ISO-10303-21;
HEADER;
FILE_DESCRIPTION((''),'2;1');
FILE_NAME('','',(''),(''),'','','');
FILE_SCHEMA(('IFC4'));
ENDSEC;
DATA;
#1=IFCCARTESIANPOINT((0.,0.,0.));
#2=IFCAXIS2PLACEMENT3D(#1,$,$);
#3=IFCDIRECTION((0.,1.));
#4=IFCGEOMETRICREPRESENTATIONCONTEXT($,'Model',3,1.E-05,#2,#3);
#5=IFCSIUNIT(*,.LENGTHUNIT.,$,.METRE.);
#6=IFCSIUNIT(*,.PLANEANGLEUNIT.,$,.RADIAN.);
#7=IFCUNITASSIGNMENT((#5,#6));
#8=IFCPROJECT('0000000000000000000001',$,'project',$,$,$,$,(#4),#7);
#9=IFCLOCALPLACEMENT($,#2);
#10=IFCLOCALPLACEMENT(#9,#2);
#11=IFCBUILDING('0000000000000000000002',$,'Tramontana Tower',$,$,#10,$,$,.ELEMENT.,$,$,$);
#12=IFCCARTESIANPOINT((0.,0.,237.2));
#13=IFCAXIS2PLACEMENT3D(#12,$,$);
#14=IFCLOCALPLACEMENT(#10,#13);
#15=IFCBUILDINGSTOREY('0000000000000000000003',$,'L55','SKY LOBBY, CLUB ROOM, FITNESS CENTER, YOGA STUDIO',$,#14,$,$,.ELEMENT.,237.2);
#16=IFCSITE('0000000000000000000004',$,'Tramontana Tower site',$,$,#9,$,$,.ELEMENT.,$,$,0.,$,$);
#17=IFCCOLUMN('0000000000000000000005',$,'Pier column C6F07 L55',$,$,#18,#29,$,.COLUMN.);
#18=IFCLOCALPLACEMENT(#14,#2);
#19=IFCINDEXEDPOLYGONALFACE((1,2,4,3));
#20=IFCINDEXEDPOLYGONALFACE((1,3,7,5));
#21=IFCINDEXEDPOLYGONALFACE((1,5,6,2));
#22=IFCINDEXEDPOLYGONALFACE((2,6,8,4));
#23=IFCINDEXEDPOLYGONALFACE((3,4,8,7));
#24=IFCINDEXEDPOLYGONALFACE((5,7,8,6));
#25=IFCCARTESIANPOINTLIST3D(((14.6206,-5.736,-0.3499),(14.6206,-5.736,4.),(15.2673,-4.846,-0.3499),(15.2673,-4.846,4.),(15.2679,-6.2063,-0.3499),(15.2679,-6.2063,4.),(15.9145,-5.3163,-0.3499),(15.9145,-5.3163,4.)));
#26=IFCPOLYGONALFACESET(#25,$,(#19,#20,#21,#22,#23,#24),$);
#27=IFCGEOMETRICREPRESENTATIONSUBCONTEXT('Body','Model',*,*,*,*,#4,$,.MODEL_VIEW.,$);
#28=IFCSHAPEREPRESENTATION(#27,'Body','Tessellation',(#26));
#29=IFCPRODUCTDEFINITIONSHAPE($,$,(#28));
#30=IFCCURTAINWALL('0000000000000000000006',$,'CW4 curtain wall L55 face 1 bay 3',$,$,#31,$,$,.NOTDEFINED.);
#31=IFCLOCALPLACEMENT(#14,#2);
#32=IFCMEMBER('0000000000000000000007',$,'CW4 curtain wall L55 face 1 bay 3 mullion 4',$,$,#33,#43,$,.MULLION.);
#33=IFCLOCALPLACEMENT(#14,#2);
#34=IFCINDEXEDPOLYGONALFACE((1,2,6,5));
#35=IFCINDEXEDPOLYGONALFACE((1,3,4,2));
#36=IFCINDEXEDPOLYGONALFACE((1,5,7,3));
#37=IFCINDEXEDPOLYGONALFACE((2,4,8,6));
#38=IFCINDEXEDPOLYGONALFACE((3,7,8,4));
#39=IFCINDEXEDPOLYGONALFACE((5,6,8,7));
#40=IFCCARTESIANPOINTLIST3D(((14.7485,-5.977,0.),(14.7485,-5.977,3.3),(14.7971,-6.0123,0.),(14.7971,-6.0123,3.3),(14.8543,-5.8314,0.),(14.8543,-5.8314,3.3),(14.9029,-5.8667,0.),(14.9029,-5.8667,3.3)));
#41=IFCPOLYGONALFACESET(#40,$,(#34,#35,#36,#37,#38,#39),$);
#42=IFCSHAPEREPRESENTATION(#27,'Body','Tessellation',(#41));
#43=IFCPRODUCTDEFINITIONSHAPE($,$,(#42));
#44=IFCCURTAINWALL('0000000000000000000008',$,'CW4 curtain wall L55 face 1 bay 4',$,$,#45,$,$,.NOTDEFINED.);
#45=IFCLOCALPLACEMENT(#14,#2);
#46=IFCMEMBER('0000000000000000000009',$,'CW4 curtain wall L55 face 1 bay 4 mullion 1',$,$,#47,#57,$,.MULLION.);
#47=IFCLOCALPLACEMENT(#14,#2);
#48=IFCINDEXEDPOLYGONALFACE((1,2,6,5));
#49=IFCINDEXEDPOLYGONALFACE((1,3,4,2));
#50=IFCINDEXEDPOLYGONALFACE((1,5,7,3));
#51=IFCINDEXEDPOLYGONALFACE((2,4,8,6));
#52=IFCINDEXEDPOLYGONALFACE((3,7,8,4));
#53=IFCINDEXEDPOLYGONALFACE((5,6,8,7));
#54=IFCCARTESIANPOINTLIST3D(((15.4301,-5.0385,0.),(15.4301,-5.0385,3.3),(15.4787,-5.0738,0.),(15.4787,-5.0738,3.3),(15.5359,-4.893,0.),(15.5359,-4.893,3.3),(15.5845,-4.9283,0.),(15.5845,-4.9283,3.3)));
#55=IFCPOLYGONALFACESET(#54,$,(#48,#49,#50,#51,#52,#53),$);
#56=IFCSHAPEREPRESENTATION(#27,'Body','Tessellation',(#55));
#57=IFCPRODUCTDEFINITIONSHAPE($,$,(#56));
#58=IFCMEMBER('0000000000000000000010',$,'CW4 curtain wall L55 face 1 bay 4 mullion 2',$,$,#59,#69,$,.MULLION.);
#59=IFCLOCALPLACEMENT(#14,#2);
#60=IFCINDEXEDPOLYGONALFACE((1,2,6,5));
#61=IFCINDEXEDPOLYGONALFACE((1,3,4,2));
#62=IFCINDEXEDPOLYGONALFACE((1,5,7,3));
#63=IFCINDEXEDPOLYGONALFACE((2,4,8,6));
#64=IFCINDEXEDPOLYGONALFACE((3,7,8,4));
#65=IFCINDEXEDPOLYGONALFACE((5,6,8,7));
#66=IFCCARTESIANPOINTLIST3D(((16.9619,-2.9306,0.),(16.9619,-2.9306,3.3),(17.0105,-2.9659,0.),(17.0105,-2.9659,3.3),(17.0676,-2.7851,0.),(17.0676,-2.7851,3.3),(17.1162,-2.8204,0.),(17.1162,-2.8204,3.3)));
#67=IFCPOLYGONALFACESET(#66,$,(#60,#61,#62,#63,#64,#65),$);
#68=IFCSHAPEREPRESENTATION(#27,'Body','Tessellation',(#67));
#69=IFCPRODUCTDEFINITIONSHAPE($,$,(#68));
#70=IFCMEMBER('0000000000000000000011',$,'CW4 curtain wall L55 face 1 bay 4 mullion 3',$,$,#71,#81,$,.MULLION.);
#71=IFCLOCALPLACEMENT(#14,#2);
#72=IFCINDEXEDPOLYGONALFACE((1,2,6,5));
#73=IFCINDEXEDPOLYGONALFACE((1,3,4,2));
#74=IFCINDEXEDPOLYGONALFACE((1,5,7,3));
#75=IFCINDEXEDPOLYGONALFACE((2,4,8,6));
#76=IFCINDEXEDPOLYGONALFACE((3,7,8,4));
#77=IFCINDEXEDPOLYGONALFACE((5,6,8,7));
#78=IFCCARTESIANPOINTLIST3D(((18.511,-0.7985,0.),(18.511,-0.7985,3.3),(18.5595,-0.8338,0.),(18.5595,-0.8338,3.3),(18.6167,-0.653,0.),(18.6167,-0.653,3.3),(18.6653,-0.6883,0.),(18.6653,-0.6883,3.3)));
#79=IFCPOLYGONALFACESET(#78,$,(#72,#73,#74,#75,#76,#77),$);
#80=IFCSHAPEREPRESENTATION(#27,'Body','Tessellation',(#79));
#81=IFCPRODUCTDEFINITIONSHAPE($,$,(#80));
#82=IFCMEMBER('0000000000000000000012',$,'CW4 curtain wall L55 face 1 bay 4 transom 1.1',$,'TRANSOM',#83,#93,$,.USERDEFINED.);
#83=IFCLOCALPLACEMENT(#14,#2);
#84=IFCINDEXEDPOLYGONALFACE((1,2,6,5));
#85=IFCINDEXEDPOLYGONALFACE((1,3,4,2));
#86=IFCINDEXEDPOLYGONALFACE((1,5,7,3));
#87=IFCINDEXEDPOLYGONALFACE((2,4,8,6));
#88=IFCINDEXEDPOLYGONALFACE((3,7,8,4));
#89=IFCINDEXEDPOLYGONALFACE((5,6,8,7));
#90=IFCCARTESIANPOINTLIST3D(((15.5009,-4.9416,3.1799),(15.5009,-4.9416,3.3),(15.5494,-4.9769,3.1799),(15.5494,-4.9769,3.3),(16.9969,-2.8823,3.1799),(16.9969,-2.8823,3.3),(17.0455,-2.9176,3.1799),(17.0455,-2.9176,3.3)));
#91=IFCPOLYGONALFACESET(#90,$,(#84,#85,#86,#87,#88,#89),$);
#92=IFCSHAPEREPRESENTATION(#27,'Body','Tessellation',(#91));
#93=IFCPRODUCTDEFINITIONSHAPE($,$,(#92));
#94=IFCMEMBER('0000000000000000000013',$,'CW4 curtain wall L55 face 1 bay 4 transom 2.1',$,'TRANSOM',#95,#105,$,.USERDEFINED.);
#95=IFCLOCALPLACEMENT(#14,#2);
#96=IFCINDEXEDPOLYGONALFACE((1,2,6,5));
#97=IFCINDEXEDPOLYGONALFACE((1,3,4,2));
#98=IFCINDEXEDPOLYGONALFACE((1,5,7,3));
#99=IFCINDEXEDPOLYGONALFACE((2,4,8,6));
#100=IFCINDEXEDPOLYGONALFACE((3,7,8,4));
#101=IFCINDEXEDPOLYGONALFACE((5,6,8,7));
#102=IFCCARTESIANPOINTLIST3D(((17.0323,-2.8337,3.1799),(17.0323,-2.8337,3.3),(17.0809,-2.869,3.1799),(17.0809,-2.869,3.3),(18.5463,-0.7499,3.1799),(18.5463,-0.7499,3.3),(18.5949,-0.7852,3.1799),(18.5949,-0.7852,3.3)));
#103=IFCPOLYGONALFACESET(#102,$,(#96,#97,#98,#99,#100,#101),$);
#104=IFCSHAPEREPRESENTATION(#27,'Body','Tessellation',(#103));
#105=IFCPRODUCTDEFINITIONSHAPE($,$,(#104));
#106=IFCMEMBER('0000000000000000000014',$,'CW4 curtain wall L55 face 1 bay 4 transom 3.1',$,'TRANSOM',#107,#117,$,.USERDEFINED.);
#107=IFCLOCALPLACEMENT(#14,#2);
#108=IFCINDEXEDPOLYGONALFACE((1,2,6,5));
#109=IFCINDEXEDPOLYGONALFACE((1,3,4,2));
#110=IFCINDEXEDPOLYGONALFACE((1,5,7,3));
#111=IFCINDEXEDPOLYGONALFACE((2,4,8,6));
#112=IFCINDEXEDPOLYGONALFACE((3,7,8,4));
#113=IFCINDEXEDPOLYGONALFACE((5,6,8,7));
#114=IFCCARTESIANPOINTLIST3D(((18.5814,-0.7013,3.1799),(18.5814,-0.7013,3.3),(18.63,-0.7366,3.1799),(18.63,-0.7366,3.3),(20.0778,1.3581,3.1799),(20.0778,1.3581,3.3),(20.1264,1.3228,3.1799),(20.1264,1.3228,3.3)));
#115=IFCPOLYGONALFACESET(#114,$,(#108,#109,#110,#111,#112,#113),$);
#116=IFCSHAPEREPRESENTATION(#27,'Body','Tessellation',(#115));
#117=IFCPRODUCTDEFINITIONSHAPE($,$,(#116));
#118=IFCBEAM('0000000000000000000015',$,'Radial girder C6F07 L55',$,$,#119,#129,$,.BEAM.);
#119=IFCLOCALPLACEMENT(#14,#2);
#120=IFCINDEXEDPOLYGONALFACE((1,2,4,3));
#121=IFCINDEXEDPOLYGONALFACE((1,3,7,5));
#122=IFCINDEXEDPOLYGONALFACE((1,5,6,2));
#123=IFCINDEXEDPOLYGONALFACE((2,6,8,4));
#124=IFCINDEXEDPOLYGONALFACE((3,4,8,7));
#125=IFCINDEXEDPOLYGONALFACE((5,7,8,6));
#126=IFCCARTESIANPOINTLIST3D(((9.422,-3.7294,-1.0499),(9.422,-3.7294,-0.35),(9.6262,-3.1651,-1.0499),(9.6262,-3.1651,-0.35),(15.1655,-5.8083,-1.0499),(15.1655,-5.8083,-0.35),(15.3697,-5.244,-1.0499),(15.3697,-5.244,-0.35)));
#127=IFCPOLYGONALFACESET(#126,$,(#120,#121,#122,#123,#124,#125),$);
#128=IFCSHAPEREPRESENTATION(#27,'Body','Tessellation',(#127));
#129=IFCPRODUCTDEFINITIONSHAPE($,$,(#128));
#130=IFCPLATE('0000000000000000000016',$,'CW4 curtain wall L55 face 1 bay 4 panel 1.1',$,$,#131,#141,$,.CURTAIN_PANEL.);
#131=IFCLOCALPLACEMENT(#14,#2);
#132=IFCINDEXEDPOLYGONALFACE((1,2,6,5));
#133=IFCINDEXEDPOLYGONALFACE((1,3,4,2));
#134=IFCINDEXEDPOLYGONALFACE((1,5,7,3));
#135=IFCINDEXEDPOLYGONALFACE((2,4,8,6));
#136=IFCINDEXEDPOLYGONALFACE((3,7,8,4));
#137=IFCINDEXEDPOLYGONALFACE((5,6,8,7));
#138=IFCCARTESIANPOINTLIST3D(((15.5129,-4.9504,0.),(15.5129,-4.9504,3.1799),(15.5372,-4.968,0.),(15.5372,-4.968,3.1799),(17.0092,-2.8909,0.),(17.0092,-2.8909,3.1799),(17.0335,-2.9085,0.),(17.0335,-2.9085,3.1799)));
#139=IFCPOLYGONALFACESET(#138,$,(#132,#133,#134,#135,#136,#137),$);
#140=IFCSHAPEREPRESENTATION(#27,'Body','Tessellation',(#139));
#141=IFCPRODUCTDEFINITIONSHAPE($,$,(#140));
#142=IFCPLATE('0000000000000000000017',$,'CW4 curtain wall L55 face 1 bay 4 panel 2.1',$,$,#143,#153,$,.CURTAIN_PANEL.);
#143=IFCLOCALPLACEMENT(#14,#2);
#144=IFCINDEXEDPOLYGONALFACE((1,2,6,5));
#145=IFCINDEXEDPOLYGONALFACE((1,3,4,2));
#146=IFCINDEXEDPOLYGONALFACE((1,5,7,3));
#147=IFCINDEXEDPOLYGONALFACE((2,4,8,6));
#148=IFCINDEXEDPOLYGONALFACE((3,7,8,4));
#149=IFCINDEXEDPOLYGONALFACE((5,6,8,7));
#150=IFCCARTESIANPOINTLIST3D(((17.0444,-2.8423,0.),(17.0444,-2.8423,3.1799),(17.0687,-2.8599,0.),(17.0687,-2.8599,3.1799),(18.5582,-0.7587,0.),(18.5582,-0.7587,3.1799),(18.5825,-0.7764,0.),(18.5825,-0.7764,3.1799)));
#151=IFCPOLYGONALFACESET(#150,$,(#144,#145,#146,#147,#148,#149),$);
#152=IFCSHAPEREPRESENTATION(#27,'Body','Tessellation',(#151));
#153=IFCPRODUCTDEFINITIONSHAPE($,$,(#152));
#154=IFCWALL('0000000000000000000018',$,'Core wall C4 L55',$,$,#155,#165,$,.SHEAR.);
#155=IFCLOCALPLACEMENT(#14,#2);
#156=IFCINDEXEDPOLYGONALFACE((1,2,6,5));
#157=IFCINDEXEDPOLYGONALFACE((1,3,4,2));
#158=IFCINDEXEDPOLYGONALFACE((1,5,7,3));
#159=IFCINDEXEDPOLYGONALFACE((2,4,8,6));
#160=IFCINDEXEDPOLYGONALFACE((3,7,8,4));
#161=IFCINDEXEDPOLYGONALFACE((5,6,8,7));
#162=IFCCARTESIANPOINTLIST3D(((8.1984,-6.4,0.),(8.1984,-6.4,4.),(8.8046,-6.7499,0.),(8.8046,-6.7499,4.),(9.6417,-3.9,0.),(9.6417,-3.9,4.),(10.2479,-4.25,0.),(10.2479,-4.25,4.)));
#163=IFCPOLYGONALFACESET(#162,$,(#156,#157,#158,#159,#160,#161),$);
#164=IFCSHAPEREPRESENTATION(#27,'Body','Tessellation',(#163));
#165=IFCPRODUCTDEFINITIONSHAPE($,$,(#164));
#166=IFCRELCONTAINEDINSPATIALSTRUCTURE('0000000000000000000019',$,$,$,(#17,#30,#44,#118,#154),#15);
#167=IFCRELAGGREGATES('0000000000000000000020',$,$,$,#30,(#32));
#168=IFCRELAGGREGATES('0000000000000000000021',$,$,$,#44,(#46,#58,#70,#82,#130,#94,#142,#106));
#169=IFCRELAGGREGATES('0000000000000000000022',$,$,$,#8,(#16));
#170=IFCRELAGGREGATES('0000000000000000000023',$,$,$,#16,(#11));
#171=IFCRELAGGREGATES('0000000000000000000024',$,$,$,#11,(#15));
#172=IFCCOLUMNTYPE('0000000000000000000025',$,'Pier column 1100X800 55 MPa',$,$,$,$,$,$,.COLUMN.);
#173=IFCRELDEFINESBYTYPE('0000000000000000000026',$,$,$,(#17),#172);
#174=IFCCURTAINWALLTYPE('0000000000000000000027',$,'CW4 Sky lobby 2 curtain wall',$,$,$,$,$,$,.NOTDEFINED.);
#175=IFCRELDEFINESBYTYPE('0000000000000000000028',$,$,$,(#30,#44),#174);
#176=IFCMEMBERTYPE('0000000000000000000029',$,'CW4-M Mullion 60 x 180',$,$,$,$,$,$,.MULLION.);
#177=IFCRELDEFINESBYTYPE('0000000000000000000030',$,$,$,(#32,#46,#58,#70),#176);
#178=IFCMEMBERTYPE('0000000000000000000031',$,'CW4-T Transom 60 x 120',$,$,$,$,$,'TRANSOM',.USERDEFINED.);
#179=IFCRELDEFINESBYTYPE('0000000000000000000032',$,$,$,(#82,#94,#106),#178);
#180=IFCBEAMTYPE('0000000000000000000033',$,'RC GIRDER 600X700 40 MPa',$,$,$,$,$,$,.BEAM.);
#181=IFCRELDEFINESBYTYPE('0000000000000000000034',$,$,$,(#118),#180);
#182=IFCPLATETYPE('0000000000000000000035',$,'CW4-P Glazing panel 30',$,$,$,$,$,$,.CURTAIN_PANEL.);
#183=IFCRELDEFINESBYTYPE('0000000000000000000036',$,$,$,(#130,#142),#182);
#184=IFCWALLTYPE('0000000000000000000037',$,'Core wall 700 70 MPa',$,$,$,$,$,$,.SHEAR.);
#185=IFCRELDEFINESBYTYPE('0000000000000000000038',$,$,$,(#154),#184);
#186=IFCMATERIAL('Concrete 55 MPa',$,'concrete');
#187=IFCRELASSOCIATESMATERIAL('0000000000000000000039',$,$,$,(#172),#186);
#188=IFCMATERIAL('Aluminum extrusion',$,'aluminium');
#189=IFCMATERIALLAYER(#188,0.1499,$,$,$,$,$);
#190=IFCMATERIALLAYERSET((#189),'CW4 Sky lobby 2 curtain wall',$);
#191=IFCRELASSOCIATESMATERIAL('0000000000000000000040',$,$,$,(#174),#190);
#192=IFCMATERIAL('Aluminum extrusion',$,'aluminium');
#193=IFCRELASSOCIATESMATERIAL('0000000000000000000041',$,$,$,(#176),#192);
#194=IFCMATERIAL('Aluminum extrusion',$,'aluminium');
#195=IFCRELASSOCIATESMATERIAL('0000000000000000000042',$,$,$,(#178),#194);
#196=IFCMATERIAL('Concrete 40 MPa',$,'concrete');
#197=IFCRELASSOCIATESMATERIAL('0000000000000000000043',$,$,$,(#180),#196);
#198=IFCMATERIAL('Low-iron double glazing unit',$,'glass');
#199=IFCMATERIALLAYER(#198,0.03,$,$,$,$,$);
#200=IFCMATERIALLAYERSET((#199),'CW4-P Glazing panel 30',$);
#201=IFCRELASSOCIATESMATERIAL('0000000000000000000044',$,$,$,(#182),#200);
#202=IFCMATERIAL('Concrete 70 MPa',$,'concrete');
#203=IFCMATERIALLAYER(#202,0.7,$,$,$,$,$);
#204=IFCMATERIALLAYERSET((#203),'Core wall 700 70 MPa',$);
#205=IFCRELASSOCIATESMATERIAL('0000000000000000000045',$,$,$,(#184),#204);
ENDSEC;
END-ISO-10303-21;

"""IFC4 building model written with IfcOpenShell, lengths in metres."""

from ifc_helpers import new_model, si_unit, direction, frame, frame_2d, origin, origin_2d, place, context, subcontext, project, spatial, rectangle, extrude, material, layer, layer_set, material_profile, profile_set, type_object, element, aggregate, save


model = new_model("IFC4")

# Units and contexts
model_context = context("Model", 3, precision=1e-05, world=origin(), true_north=direction((0.0, 1.0)))
body_context = subcontext(model_context, "Body", "Model", "MODEL_VIEW")
ifc_project = project(units=[si_unit("LENGTHUNIT", "METRE"), si_unit("PLANEANGLEUNIT", "RADIAN")], contexts=[model_context])

# Site, building, storey
site_placement = place(None, origin())
site = spatial("IfcSite", under=ifc_project, at=site_placement, Name="Tramontana Tower site", CompositionType="ELEMENT", RefElevation=0.0)
building_placement = place(site_placement, origin())
building = spatial("IfcBuilding", under=site, at=building_placement, Name="Tramontana Tower", CompositionType="ELEMENT")
storey_placement = place(building_placement, frame((0.0, 0.0, 237.2)))
storey = spatial("IfcBuildingStorey", under=building, at=storey_placement, Name="L55", Description="SKY LOBBY, CLUB ROOM, FITNESS CENTER, YOGA STUDIO", CompositionType="ELEMENT", Elevation=237.2)

# Column
ifc_material_1 = material(Name="Concrete 55 MPa", Category="concrete")
ifc_material_profile_1 = material_profile(ifc_material_1, rectangle(XDim=1.1001, YDim=0.8, at=origin_2d()), Name="Pier column 1100X800 55 MPa")
ifc_profile_set_1 = profile_set([ifc_material_profile_1], Name="Concrete 55 MPa")
column_type = type_object("IfcColumnType", Name="Pier column 1100X800 55 MPa", PredefinedType="COLUMN", material=ifc_profile_set_1)
column_placement = place(storey_placement, frame((15.2676, -5.5261, -0.3499), z_axis=(0.0, 0.0, 1.0), x_axis=(0.587785, 0.809017, 0.0)))
element("IfcColumn", 1, at=column_placement, inside=storey, type_object=column_type, Name="Pier column C6F07 L55", PredefinedType="COLUMN", context=body_context, shape_type="SweptSolid", body=[
    extrude(rectangle(XDim=1.1001, YDim=0.8, at=origin_2d()), origin(), (0.0, 0.0, 1.0), 4.3499),
])

# Curtain wall, member
ifc_material_2 = material(Name="Aluminum extrusion", Category="aluminium")
ifc_layer_1 = layer(ifc_material_2, 0.1499)
ifc_layer_set_1 = layer_set([ifc_layer_1], Name="CW4 Sky lobby 2 curtain wall")
curtain_wall_type = type_object("IfcCurtainWallType", Name="CW4 Sky lobby 2 curtain wall", PredefinedType="NOTDEFINED", material=ifc_layer_set_1)
curtain_wall_1_placement = place(storey_placement, origin())
curtain_wall_1 = element("IfcCurtainWall", 2, at=curtain_wall_1_placement, inside=storey, type_object=curtain_wall_type, Name="CW4 curtain wall L55 face 1 bay 3", PredefinedType="NOTDEFINED")
ifc_material_3 = material(Name="Aluminum extrusion", Category="aluminium")
ifc_material_profile_2 = material_profile(ifc_material_3, rectangle(XDim=0.0601, YDim=0.1799, at=origin_2d()), Name="CW4-M Mullion 60 x 180")
ifc_profile_set_2 = profile_set([ifc_material_profile_2], Name="Aluminum extrusion")
member_type_1 = type_object("IfcMemberType", Name="CW4-M Mullion 60 x 180", PredefinedType="MULLION", material=ifc_profile_set_2)
member_1_placement = place(storey_placement, frame((14.8257, -5.9219, 0.0), z_axis=(0.0, 0.0, 1.0), x_axis=(-0.809017, 0.587785, 0.0)))
member_1 = element("IfcMember", 3, at=member_1_placement, type_object=member_type_1, Name="CW4 curtain wall L55 face 1 bay 3 mullion 4", PredefinedType="MULLION", context=body_context, shape_type="SweptSolid", body=[
    extrude(rectangle(XDim=0.0601, YDim=0.1799, at=origin_2d()), origin(), (0.0, 0.0, 1.0), 3.3),
])
aggregate(curtain_wall_1, [member_1])

# Curtain wall, members
curtain_wall_2_placement = place(storey_placement, origin())
curtain_wall_2 = element("IfcCurtainWall", 4, at=curtain_wall_2_placement, inside=storey, type_object=curtain_wall_type, Name="CW4 curtain wall L55 face 1 bay 4", PredefinedType="NOTDEFINED")
member_2_placement = place(storey_placement, frame((15.5073, -4.9834, 0.0), z_axis=(0.0, 0.0, 1.0), x_axis=(-0.809017, 0.587785, 0.0)))
member_2 = element("IfcMember", 5, at=member_2_placement, type_object=member_type_1, Name="CW4 curtain wall L55 face 1 bay 4 mullion 1", PredefinedType="MULLION", context=body_context, shape_type="SweptSolid", body=[
    extrude(rectangle(XDim=0.0601, YDim=0.1799, at=origin_2d()), origin(), (0.0, 0.0, 1.0), 3.3),
])
member_3_placement = place(storey_placement, frame((17.0391, -2.8755, 0.0), z_axis=(0.0, 0.0, 1.0), x_axis=(-0.809017, 0.587785, 0.0)))
member_3 = element("IfcMember", 6, at=member_3_placement, type_object=member_type_1, Name="CW4 curtain wall L55 face 1 bay 4 mullion 2", PredefinedType="MULLION", context=body_context, shape_type="SweptSolid", body=[
    extrude(rectangle(XDim=0.0601, YDim=0.1799, at=origin_2d()), origin(), (0.0, 0.0, 1.0), 3.3),
])
member_4_placement = place(storey_placement, frame((18.5881, -0.7434, 0.0), z_axis=(0.0, 0.0, 1.0), x_axis=(-0.809017, 0.587785, 0.0)))
member_4 = element("IfcMember", 7, at=member_4_placement, type_object=member_type_1, Name="CW4 curtain wall L55 face 1 bay 4 mullion 3", PredefinedType="MULLION", context=body_context, shape_type="SweptSolid", body=[
    extrude(rectangle(XDim=0.0601, YDim=0.1799, at=origin_2d()), origin(), (0.0, 0.0, 1.0), 3.3),
])
ifc_material_4 = material(Name="Aluminum extrusion", Category="aluminium")
ifc_material_profile_3 = material_profile(ifc_material_4, rectangle(XDim=0.0601, YDim=0.1201, at=origin_2d()), Name="CW4-T Transom 60 x 120")
ifc_profile_set_3 = profile_set([ifc_material_profile_3], Name="Aluminum extrusion")
member_type_2 = type_object("IfcMemberType", Name="CW4-T Transom 60 x 120", ElementType="TRANSOM", PredefinedType="USERDEFINED", material=ifc_profile_set_3)
member_5_placement = place(storey_placement, frame((15.5251, -4.9592, 3.24), z_axis=(0.587761, 0.809035, 0.0), x_axis=(-0.809035, 0.587761, 0.0)))
member_5 = element("IfcMember", 8, at=member_5_placement, type_object=member_type_2, Name="CW4 curtain wall L55 face 1 bay 4 transom 1.1", ObjectType="TRANSOM", PredefinedType="USERDEFINED", context=body_context, shape_type="SweptSolid", body=[
    extrude(rectangle(XDim=0.0601, YDim=0.1201, at=origin_2d()), origin(), (0.0, 0.0, 1.0), 2.5454),
])
member_6_placement = place(storey_placement, frame((17.0566, -2.8513, 3.24), z_axis=(0.587783, 0.809019, 0.0), x_axis=(-0.809019, 0.587783, 0.0)))
member_6 = element("IfcMember", 9, at=member_6_placement, type_object=member_type_2, Name="CW4 curtain wall L55 face 1 bay 4 transom 2.1", ObjectType="TRANSOM", PredefinedType="USERDEFINED", context=body_context, shape_type="SweptSolid", body=[
    extrude(rectangle(XDim=0.0601, YDim=0.1201, at=origin_2d()), origin(), (0.0, 0.0, 1.0), 2.5757),
])
member_7_placement = place(storey_placement, frame((18.6057, -0.719, 3.24), z_axis=(0.587824, 0.808989, 0.0), x_axis=(-0.808989, 0.587824, 0.0)))
member_7 = element("IfcMember", 10, at=member_7_placement, type_object=member_type_2, Name="CW4 curtain wall L55 face 1 bay 4 transom 3.1", ObjectType="TRANSOM", PredefinedType="USERDEFINED", context=body_context, shape_type="SweptSolid", body=[
    extrude(rectangle(XDim=0.0601, YDim=0.1201, at=origin_2d()), origin(), (0.0, 0.0, 1.0), 2.5457),
])

# Beam
ifc_material_5 = material(Name="Concrete 40 MPa", Category="concrete")
ifc_material_profile_4 = material_profile(ifc_material_5, rectangle(XDim=0.6001, YDim=0.7, at=origin_2d()), Name="RC GIRDER 600X700 40 MPa")
ifc_profile_set_4 = profile_set([ifc_material_profile_4], Name="Concrete 40 MPa")
beam_type = type_object("IfcBeamType", Name="RC GIRDER 600X700 40 MPa", PredefinedType="BEAM", material=ifc_profile_set_4)
beam_placement = place(storey_placement, frame((15.2676, -5.5261, -0.7), z_axis=(-0.9403, 0.340347, 0.0), x_axis=(-0.340347, -0.9403, 0.0)))
element("IfcBeam", 11, at=beam_placement, inside=storey, type_object=beam_type, Name="Radial girder C6F07 L55", PredefinedType="BEAM", context=body_context, shape_type="SweptSolid", body=[
    extrude(rectangle(XDim=0.6001, YDim=0.7, at=origin_2d()), origin(), (0.0, 0.0, 1.0), 6.1082),
])

# Plates
ifc_material_6 = material(Name="Low-iron double glazing unit", Category="glass")
ifc_layer_2 = layer(ifc_material_6, 0.03)
ifc_layer_set_2 = layer_set([ifc_layer_2], Name="CW4-P Glazing panel 30")
plate_type = type_object("IfcPlateType", Name="CW4-P Glazing panel 30", PredefinedType="CURTAIN_PANEL", material=ifc_layer_set_2)
plate_1_placement = place(storey_placement, frame((16.2732, -3.9294, 0.0), z_axis=(0.0, 0.0, 1.0), x_axis=(0.587785, 0.809017, 0.0)))
plate_1 = element("IfcPlate", 12, at=plate_1_placement, type_object=plate_type, Name="CW4 curtain wall L55 face 1 bay 4 panel 1.1", PredefinedType="CURTAIN_PANEL", context=body_context, shape_type="SweptSolid", body=[
    extrude(rectangle(XDim=2.5457, YDim=0.03, at=origin_2d()), origin(), (0.0, 0.0, 1.0), 3.1799),
])
plate_2_placement = place(storey_placement, frame((17.8135, -1.8093, 0.0), z_axis=(0.0, 0.0, 1.0), x_axis=(0.587785, 0.809017, 0.0)))
plate_2 = element("IfcPlate", 13, at=plate_2_placement, type_object=plate_type, Name="CW4 curtain wall L55 face 1 bay 4 panel 2.1", PredefinedType="CURTAIN_PANEL", context=body_context, shape_type="SweptSolid", body=[
    extrude(rectangle(XDim=2.5754, YDim=0.03, at=origin_2d()), origin(), (0.0, 0.0, 1.0), 3.1799),
])
aggregate(curtain_wall_2, [member_2, member_3, member_4, member_5, plate_1, member_6, plate_2, member_7])

# Wall
ifc_material_7 = material(Name="Concrete 70 MPa", Category="concrete")
ifc_layer_3 = layer(ifc_material_7, 0.7)
ifc_layer_set_3 = layer_set([ifc_layer_3], Name="Core wall 700 70 MPa")
wall_type_1 = type_object("IfcWallType", Name="Core wall 700 70 MPa", PredefinedType="SHEAR", material=ifc_layer_set_3)
wall_1_placement = place(storey_placement, frame((8.5015, -6.575, 0.0), z_axis=(0.0, 0.0, 1.0), x_axis=(0.499996, 0.866028, 0.0)))
element("IfcWall", 14, at=wall_1_placement, inside=storey, type_object=wall_type_1, Name="Core wall C4 L55", PredefinedType="SHEAR", context=body_context, shape_type="SweptSolid", body=[
    extrude(rectangle(XDim=2.8867, YDim=0.7, at=frame_2d((1.4434, 0.0))), origin(), (0.0, 0.0, 1.0), 4.0),
])

save(model, "model.ifc")
